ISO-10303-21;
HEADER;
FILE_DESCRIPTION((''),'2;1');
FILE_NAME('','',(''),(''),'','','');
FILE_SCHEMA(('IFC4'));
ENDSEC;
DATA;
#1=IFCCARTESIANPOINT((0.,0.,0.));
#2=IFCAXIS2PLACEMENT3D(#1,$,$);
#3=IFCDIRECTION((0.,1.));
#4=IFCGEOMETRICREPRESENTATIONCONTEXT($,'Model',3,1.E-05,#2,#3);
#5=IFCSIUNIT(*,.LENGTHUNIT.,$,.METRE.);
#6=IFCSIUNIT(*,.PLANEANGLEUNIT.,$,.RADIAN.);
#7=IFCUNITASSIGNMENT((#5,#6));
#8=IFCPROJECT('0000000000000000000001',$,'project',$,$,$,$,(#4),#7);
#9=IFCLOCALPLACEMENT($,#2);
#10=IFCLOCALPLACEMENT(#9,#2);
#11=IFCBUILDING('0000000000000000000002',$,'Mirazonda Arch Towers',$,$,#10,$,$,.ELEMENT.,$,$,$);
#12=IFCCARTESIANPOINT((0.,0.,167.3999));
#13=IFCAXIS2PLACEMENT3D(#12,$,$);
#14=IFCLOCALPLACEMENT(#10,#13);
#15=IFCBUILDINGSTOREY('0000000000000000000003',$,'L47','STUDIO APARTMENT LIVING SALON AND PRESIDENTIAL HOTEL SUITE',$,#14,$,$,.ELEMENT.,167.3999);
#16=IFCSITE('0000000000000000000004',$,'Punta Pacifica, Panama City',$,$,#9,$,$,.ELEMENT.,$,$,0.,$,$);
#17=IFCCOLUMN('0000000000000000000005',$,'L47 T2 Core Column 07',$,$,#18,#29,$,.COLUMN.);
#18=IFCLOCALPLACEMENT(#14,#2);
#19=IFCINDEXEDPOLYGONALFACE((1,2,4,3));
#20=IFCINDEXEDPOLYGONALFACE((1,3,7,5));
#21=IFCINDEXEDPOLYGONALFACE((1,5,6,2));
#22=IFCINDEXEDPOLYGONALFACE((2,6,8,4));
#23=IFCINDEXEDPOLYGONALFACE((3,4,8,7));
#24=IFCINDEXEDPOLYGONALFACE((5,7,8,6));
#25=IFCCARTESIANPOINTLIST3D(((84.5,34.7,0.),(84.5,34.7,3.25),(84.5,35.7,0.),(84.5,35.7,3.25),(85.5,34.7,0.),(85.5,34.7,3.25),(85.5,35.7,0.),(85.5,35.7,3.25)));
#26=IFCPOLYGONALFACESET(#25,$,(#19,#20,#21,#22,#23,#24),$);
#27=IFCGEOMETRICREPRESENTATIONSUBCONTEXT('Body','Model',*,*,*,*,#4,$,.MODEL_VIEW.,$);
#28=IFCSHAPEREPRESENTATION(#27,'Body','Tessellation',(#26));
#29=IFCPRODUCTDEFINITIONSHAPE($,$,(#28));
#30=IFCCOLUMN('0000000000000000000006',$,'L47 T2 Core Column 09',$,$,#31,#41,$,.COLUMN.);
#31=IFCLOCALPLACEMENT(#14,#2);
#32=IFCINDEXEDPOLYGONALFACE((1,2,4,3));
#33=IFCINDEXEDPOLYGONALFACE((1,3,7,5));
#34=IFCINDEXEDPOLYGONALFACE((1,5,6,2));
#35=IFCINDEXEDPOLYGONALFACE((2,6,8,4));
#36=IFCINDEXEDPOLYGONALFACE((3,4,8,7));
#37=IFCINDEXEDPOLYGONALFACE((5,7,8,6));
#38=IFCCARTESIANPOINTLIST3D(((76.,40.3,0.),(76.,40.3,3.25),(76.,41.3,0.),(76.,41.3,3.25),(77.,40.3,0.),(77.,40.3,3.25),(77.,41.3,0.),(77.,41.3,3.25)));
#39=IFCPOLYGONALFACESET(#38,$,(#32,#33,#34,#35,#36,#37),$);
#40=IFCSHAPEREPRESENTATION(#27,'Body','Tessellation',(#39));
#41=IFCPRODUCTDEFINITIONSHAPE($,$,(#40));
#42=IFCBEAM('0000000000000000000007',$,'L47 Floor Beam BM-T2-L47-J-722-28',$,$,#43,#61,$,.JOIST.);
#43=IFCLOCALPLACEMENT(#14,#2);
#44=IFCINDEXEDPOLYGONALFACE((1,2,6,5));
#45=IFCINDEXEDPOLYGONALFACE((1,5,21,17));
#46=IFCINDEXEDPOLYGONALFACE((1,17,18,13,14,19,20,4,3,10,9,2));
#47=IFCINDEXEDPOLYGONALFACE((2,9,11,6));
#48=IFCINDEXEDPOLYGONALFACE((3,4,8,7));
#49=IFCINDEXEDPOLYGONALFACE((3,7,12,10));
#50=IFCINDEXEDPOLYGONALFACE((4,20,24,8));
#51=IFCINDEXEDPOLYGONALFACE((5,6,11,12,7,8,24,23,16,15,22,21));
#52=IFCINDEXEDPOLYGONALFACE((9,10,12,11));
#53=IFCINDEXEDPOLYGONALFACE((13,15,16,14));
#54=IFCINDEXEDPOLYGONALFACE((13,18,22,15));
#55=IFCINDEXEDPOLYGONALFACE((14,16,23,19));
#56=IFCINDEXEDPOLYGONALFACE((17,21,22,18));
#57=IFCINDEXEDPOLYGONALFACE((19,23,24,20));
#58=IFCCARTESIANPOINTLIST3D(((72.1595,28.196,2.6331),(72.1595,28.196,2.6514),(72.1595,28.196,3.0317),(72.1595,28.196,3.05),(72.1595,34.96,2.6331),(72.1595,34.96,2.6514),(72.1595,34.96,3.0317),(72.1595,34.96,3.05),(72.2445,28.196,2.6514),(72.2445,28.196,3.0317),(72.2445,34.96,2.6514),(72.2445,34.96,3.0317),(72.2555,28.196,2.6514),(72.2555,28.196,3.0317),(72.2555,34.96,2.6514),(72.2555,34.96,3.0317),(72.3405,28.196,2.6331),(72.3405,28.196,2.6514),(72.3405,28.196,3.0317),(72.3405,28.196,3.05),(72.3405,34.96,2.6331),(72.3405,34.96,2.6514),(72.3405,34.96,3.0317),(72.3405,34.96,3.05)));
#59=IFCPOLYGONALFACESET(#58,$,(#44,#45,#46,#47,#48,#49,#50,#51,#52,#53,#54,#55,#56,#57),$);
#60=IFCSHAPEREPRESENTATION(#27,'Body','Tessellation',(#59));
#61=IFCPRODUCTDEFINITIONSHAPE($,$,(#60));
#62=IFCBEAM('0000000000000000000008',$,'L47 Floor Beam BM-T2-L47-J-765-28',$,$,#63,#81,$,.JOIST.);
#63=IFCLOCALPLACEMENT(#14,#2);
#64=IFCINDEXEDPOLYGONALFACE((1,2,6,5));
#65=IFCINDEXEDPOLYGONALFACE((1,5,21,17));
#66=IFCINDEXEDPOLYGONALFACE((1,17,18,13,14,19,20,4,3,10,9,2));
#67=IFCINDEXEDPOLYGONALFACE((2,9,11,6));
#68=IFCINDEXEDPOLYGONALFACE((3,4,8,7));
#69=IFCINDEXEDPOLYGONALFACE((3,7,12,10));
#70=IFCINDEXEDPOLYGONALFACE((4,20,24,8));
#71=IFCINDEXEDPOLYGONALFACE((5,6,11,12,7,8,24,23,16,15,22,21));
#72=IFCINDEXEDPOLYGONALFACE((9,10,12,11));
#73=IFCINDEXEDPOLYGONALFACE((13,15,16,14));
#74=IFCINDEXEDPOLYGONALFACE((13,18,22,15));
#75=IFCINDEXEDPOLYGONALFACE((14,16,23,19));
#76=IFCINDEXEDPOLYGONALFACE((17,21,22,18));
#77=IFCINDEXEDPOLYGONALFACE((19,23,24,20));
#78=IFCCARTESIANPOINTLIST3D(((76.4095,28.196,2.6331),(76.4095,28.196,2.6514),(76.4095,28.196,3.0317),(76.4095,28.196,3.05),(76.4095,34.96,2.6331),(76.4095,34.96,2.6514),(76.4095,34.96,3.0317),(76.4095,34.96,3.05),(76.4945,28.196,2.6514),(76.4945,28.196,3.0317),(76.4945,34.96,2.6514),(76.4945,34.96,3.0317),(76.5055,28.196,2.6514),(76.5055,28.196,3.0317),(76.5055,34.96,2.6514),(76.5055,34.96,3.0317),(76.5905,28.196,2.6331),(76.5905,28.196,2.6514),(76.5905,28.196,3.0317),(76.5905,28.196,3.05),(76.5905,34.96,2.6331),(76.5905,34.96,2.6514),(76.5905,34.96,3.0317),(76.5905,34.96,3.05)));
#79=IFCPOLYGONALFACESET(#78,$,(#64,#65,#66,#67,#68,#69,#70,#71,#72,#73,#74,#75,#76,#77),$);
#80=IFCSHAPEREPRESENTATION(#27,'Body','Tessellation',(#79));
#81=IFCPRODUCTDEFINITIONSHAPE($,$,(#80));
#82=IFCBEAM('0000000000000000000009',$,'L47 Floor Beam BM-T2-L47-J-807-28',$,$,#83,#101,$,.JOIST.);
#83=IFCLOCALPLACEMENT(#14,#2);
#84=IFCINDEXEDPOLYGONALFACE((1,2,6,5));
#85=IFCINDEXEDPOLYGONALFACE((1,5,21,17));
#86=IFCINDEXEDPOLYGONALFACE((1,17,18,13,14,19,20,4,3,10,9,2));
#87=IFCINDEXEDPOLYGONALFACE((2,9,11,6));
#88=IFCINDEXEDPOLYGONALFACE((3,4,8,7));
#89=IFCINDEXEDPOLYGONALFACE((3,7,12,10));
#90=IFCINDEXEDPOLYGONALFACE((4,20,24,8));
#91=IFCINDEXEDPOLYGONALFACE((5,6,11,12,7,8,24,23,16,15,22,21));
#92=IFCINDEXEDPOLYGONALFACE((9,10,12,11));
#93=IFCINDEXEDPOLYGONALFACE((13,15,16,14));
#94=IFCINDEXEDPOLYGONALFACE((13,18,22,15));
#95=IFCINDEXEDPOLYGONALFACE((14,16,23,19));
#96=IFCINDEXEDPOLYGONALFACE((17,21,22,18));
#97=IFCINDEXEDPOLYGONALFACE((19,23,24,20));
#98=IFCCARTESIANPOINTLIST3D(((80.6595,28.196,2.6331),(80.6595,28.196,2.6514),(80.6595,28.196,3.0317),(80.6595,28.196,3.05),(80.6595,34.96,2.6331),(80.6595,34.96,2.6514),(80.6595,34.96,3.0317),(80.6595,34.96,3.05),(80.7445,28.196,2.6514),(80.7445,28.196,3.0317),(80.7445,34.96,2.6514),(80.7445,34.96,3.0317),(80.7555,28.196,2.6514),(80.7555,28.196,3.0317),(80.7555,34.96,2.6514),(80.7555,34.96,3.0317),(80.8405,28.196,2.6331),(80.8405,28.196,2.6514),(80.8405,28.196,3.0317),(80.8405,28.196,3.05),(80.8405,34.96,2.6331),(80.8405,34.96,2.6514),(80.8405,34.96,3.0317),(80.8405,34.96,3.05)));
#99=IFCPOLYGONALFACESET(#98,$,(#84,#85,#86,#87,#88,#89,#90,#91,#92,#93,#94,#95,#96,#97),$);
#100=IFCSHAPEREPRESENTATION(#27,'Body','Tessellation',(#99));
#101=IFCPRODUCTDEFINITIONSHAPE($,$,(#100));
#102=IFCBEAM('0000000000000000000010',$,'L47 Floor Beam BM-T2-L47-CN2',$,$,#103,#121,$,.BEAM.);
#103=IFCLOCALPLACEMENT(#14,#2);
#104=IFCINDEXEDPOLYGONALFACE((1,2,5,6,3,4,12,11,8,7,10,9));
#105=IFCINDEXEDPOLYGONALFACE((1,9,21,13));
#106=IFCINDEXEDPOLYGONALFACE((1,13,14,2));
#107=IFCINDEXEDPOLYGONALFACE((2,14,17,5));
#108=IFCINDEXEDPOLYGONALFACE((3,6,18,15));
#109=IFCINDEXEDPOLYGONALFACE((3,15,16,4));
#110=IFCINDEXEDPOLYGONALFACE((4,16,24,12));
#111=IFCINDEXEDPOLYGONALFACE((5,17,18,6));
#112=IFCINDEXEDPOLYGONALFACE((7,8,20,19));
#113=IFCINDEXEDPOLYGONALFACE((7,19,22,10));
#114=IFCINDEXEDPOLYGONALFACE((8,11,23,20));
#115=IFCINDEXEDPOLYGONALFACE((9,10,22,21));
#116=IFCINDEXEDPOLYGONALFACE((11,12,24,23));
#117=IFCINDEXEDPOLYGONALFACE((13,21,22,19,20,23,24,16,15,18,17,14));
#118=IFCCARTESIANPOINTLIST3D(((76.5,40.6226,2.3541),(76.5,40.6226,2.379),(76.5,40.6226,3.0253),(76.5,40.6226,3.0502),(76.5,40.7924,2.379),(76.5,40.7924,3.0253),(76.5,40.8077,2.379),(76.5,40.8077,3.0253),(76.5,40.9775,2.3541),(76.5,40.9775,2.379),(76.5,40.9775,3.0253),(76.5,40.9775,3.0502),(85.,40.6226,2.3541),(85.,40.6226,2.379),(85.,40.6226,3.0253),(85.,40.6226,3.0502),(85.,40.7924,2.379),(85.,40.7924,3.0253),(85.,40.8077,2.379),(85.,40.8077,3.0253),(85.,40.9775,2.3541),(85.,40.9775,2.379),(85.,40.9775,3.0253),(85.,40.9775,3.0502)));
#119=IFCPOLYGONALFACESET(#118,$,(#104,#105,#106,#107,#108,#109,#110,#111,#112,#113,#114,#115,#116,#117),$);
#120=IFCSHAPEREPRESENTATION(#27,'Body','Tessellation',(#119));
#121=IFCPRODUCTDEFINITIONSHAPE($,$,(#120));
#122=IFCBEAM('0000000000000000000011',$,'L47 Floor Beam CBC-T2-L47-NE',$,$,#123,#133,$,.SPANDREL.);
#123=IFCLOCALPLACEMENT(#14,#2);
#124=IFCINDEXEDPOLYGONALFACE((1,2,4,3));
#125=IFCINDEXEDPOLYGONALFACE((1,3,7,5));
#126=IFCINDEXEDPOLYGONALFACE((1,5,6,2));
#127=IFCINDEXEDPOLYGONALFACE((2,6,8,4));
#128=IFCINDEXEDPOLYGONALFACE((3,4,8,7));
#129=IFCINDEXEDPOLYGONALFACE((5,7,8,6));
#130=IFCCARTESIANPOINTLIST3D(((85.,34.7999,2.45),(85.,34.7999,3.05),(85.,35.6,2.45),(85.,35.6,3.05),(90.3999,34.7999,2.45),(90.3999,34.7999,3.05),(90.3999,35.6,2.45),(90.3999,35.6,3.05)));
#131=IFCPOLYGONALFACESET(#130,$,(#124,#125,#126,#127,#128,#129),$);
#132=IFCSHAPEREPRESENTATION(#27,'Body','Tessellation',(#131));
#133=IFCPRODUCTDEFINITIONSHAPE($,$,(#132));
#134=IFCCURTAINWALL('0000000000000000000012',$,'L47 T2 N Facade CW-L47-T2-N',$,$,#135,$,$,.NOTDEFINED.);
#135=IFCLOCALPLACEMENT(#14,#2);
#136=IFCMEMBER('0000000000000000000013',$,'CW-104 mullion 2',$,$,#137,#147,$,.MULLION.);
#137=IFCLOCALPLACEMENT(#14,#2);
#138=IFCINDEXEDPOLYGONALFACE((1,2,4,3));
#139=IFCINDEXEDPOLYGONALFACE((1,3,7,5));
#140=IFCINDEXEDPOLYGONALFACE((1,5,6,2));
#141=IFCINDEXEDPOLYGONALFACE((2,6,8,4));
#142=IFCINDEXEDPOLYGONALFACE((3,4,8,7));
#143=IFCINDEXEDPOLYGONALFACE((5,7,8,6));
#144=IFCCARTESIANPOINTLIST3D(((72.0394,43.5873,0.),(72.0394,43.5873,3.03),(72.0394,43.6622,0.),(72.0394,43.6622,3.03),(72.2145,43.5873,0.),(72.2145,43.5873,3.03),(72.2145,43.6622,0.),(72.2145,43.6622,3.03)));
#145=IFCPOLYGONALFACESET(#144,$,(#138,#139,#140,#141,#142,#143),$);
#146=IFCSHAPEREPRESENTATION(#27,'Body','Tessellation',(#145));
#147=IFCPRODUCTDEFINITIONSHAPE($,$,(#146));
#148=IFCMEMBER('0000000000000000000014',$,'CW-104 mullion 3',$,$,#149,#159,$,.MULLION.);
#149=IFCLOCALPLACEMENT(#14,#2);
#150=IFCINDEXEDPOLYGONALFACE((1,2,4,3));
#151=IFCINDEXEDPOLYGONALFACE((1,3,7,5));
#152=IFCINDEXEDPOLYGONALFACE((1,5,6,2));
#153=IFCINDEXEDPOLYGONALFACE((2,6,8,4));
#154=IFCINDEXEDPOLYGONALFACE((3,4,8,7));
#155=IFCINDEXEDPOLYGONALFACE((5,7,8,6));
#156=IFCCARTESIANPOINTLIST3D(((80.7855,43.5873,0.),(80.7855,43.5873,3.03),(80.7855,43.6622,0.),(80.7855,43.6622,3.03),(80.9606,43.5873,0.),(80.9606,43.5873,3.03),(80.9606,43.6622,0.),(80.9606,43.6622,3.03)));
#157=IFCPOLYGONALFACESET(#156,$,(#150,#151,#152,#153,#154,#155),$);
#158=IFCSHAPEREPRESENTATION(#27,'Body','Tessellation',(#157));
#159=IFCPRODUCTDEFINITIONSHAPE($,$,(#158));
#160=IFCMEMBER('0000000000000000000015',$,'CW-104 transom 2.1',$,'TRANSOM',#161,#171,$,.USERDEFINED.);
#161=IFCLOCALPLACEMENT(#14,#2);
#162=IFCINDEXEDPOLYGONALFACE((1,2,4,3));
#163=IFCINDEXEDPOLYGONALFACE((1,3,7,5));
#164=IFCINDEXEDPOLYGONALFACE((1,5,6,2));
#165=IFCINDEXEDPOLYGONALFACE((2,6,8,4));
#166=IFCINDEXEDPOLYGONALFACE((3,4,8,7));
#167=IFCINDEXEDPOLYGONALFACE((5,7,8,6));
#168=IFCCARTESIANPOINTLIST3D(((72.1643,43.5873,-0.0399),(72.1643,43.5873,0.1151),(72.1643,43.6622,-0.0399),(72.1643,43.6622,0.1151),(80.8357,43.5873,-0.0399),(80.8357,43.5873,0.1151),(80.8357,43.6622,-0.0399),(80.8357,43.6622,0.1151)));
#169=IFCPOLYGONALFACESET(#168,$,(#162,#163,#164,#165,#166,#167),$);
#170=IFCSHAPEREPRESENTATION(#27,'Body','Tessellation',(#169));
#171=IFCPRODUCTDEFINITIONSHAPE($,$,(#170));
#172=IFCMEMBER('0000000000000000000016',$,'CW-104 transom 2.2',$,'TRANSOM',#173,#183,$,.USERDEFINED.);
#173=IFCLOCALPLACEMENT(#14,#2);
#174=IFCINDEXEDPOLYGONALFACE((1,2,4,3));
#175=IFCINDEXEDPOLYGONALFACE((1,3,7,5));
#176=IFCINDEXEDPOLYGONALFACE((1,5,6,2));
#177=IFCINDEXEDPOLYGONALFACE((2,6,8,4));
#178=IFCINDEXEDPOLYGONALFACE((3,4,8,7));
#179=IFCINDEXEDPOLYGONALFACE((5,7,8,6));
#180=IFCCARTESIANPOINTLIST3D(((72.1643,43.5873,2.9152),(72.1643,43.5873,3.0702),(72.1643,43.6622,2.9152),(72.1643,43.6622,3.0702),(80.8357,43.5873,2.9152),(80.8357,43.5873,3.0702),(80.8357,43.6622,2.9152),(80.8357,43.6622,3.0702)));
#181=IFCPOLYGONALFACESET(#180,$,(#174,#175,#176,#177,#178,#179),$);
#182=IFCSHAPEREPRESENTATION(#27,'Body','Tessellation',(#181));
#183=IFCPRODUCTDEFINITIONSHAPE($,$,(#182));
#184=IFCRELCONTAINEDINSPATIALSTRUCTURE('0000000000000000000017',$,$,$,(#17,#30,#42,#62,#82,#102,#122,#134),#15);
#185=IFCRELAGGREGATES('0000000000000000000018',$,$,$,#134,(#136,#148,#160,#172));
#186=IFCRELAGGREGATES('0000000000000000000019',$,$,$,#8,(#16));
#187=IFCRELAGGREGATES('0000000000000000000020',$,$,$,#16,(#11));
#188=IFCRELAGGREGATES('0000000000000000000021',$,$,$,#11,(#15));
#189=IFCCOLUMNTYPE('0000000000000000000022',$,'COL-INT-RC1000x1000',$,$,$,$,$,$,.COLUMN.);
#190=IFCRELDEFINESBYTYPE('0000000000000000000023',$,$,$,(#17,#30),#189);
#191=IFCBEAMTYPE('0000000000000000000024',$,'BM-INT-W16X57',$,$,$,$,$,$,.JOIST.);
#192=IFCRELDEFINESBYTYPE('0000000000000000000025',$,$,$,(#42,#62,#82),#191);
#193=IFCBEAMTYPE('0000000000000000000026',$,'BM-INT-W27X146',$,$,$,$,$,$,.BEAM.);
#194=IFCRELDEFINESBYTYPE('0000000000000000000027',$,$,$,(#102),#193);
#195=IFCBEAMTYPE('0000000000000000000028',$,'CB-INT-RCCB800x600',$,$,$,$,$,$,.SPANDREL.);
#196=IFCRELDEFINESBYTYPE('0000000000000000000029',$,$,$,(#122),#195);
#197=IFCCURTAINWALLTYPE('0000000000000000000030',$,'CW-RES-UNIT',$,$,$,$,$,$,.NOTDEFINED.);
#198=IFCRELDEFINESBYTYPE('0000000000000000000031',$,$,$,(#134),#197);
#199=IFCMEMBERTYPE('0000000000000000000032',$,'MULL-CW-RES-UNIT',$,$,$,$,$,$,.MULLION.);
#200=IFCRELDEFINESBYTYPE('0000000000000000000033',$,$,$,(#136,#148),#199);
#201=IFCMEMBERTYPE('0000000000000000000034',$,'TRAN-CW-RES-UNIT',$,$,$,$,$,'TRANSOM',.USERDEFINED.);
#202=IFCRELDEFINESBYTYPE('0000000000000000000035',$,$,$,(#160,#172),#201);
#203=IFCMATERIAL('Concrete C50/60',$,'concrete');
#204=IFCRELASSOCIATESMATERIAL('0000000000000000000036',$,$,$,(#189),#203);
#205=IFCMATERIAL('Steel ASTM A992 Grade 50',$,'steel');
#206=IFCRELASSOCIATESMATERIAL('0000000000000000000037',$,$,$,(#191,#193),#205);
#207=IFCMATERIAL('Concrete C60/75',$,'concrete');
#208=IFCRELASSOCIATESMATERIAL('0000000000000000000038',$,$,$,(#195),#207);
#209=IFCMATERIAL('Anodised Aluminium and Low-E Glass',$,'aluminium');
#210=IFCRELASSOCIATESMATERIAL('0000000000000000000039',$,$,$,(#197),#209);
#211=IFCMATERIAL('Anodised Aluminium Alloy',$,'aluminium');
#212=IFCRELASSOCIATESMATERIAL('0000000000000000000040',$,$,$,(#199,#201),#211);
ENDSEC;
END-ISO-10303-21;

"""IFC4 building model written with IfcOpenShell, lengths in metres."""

from ifc_helpers import new_model, si_unit, direction, frame, origin, origin_2d, place, context, subcontext, project, spatial, rectangle, i_section, extrude, material, material_profile, profile_set, type_object, element, aggregate, save


model = new_model("IFC4")

# Units and contexts
model_context = context("Model", 3, precision=1e-05, world=origin(), true_north=direction((0.0, 1.0)))
body_context = subcontext(model_context, "Body", "Model", "MODEL_VIEW")
ifc_project = project(units=[si_unit("LENGTHUNIT", "METRE"), si_unit("PLANEANGLEUNIT", "RADIAN")], contexts=[model_context])

# Site, building, storey
site_placement = place(None, origin())
site = spatial("IfcSite", under=ifc_project, at=site_placement, Name="Punta Pacifica, Panama City", CompositionType="ELEMENT", RefElevation=0.0)
building_placement = place(site_placement, origin())
building = spatial("IfcBuilding", under=site, at=building_placement, Name="Mirazonda Arch Towers", CompositionType="ELEMENT")
storey_placement = place(building_placement, frame((0.0, 0.0, 167.3999)))
storey = spatial("IfcBuildingStorey", under=building, at=storey_placement, Name="L47", Description="STUDIO APARTMENT LIVING SALON AND PRESIDENTIAL HOTEL SUITE", CompositionType="ELEMENT", Elevation=167.3999)

# Columns
ifc_material_1 = material(Name="Concrete C50/60", Category="concrete")
ifc_material_profile_1 = material_profile(ifc_material_1, rectangle(XDim=1.0, YDim=1.0, at=origin_2d()), Name="RC1000x1000")
ifc_profile_set_1 = profile_set([ifc_material_profile_1], Name="Concrete C50/60")
column_type = type_object("IfcColumnType", Name="COL-INT-RC1000x1000", PredefinedType="COLUMN", material=ifc_profile_set_1)
for number, where, z_axis, x_axis, name in (
    (1, (85.0, 35.2, 0.0), (0.0, 0.0, 1.0), (1.0, 0.0, 0.0), "L47 T2 Core Column 07"),
    (2, (76.5, 40.8, 0.0), (0.0, 0.0, 1.0), (1.0, 0.0, 0.0), "L47 T2 Core Column 09"),
):
    element("IfcColumn", number, at=place(storey_placement, frame(where, z_axis=z_axis, x_axis=x_axis)), inside=storey, type_object=column_type, Name=name, PredefinedType="COLUMN", context=body_context, shape_type="SweptSolid", body=[
        extrude(rectangle(XDim=1.0, YDim=1.0, at=origin_2d()), origin(), (0.0, 0.0, 1.0), 3.25),
    ])

# Beams
ifc_material_2 = material(Name="Steel ASTM A992 Grade 50", Category="steel")
ifc_material_profile_2 = material_profile(ifc_material_2, i_section(OverallWidth=0.1809, OverallDepth=0.417, WebThickness=0.011, FlangeThickness=0.0183, at=origin_2d()), Name="W16X57")
ifc_profile_set_2 = profile_set([ifc_material_profile_2], Name="Steel ASTM A992 Grade 50")
beam_type_1 = type_object("IfcBeamType", Name="BM-INT-W16X57", PredefinedType="JOIST", material=ifc_profile_set_2)
for number, where, z_axis, x_axis, name in (
    (3, (72.25, 28.196, 2.8416), (0.0, 1.0, 0.0), (-1.0, 0.0, 0.0), "L47 Floor Beam BM-T2-L47-J-722-28"),
    (4, (76.5, 28.196, 2.8416), (0.0, 1.0, 0.0), (-1.0, 0.0, 0.0), "L47 Floor Beam BM-T2-L47-J-765-28"),
    (5, (80.75, 28.196, 2.8416), (0.0, 1.0, 0.0), (-1.0, 0.0, 0.0), "L47 Floor Beam BM-T2-L47-J-807-28"),
):
    element("IfcBeam", number, at=place(storey_placement, frame(where, z_axis=z_axis, x_axis=x_axis)), inside=storey, type_object=beam_type_1, Name=name, PredefinedType="JOIST", context=body_context, shape_type="SweptSolid", body=[
        extrude(i_section(OverallWidth=0.1809, OverallDepth=0.417, WebThickness=0.011, FlangeThickness=0.0183, at=origin_2d()), origin(), (0.0, 0.0, 1.0), 6.7639),
    ])
ifc_material_profile_3 = material_profile(ifc_material_2, i_section(OverallWidth=0.355, OverallDepth=0.696, WebThickness=0.0154, FlangeThickness=0.0249, at=origin_2d()), Name="W27X146")
ifc_profile_set_3 = profile_set([ifc_material_profile_3], Name="Steel ASTM A992 Grade 50")
beam_type_2 = type_object("IfcBeamType", Name="BM-INT-W27X146", PredefinedType="BEAM", material=ifc_profile_set_3)
beam_1_placement = place(storey_placement, frame((76.5, 40.8, 2.7021), z_axis=(1.0, 0.0, 0.0), x_axis=(0.0, 1.0, 0.0)))
element("IfcBeam", 6, at=beam_1_placement, inside=storey, type_object=beam_type_2, Name="L47 Floor Beam BM-T2-L47-CN2", PredefinedType="BEAM", context=body_context, shape_type="SweptSolid", body=[
    extrude(i_section(OverallWidth=0.355, OverallDepth=0.696, WebThickness=0.0154, FlangeThickness=0.0249, at=origin_2d()), origin(), (0.0, 0.0, 1.0), 8.5),
])
ifc_material_3 = material(Name="Concrete C60/75", Category="concrete")
ifc_material_profile_4 = material_profile(ifc_material_3, rectangle(XDim=0.8, YDim=0.6001, at=origin_2d()), Name="RCCB800x600")
ifc_profile_set_4 = profile_set([ifc_material_profile_4], Name="Concrete C60/75")
beam_type_3 = type_object("IfcBeamType", Name="CB-INT-RCCB800x600", PredefinedType="SPANDREL", material=ifc_profile_set_4)
beam_2_placement = place(storey_placement, frame((85.0, 35.2, 2.75), z_axis=(1.0, 0.0, 0.0), x_axis=(0.0, 1.0, 0.0)))
element("IfcBeam", 7, at=beam_2_placement, inside=storey, type_object=beam_type_3, Name="L47 Floor Beam CBC-T2-L47-NE", PredefinedType="SPANDREL", context=body_context, shape_type="SweptSolid", body=[
    extrude(rectangle(XDim=0.8, YDim=0.6001, at=origin_2d()), origin(), (0.0, 0.0, 1.0), 5.3999),
])

# Curtain wall, members
ifc_material_4 = material(Name="Anodised Aluminium and Low-E Glass", Category="aluminium")
curtain_wall_type = type_object("IfcCurtainWallType", Name="CW-RES-UNIT", PredefinedType="NOTDEFINED", material=ifc_material_4)
curtain_wall_placement = place(storey_placement, origin())
curtain_wall = element("IfcCurtainWall", 8, at=curtain_wall_placement, inside=storey, type_object=curtain_wall_type, Name="L47 T2 N Facade CW-L47-T2-N", PredefinedType="NOTDEFINED")
ifc_material_5 = material(Name="Anodised Aluminium Alloy", Category="aluminium")
ifc_material_profile_5 = material_profile(ifc_material_5, rectangle(XDim=0.075, YDim=0.175, at=origin_2d()), Name="ALU-MULL-75x175")
ifc_profile_set_5 = profile_set([ifc_material_profile_5], Name="Anodised Aluminium Alloy")
member_type_1 = type_object("IfcMemberType", Name="MULL-CW-RES-UNIT", PredefinedType="MULLION", material=ifc_profile_set_5)
member_1_placement = place(storey_placement, frame((72.127, 43.6248, 0.0), z_axis=(0.0, 0.0, 1.0), x_axis=(0.0, 1.0, 0.0)))
member_1 = element("IfcMember", 9, at=member_1_placement, type_object=member_type_1, Name="CW-104 mullion 2", PredefinedType="MULLION", context=body_context, shape_type="SweptSolid", body=[
    extrude(rectangle(XDim=0.075, YDim=0.175, at=origin_2d()), origin(), (0.0, 0.0, 1.0), 3.03),
])
member_2_placement = place(storey_placement, frame((80.873, 43.6248, 0.0), z_axis=(0.0, 0.0, 1.0), x_axis=(0.0, 1.0, 0.0)))
member_2 = element("IfcMember", 10, at=member_2_placement, type_object=member_type_1, Name="CW-104 mullion 3", PredefinedType="MULLION", context=body_context, shape_type="SweptSolid", body=[
    extrude(rectangle(XDim=0.075, YDim=0.175, at=origin_2d()), origin(), (0.0, 0.0, 1.0), 3.03),
])
ifc_material_profile_6 = material_profile(ifc_material_5, rectangle(XDim=0.075, YDim=0.155, at=origin_2d()), Name="ALU-TRAN-75x155")
ifc_profile_set_6 = profile_set([ifc_material_profile_6], Name="Anodised Aluminium Alloy")
member_type_2 = type_object("IfcMemberType", Name="TRAN-CW-RES-UNIT", ElementType="TRANSOM", PredefinedType="USERDEFINED", material=ifc_profile_set_6)
member_3_placement = place(storey_placement, frame((72.1643, 43.6248, 0.0376), z_axis=(1.0, 0.0, 0.0), x_axis=(0.0, 1.0, 0.0)))
member_3 = element("IfcMember", 11, at=member_3_placement, type_object=member_type_2, Name="CW-104 transom 2.1", ObjectType="TRANSOM", PredefinedType="USERDEFINED", context=body_context, shape_type="SweptSolid", body=[
    extrude(rectangle(XDim=0.075, YDim=0.155, at=origin_2d()), origin(), (0.0, 0.0, 1.0), 8.6714),
])
member_4_placement = place(storey_placement, frame((72.1643, 43.6248, 2.9927), z_axis=(1.0, 0.0, 0.0), x_axis=(0.0, 1.0, 0.0)))
member_4 = element("IfcMember", 12, at=member_4_placement, type_object=member_type_2, Name="CW-104 transom 2.2", ObjectType="TRANSOM", PredefinedType="USERDEFINED", context=body_context, shape_type="SweptSolid", body=[
    extrude(rectangle(XDim=0.075, YDim=0.155, at=origin_2d()), origin(), (0.0, 0.0, 1.0), 8.6714),
])
aggregate(curtain_wall, [member_1, member_2, member_3, member_4])

save(model, "model.ifc")
